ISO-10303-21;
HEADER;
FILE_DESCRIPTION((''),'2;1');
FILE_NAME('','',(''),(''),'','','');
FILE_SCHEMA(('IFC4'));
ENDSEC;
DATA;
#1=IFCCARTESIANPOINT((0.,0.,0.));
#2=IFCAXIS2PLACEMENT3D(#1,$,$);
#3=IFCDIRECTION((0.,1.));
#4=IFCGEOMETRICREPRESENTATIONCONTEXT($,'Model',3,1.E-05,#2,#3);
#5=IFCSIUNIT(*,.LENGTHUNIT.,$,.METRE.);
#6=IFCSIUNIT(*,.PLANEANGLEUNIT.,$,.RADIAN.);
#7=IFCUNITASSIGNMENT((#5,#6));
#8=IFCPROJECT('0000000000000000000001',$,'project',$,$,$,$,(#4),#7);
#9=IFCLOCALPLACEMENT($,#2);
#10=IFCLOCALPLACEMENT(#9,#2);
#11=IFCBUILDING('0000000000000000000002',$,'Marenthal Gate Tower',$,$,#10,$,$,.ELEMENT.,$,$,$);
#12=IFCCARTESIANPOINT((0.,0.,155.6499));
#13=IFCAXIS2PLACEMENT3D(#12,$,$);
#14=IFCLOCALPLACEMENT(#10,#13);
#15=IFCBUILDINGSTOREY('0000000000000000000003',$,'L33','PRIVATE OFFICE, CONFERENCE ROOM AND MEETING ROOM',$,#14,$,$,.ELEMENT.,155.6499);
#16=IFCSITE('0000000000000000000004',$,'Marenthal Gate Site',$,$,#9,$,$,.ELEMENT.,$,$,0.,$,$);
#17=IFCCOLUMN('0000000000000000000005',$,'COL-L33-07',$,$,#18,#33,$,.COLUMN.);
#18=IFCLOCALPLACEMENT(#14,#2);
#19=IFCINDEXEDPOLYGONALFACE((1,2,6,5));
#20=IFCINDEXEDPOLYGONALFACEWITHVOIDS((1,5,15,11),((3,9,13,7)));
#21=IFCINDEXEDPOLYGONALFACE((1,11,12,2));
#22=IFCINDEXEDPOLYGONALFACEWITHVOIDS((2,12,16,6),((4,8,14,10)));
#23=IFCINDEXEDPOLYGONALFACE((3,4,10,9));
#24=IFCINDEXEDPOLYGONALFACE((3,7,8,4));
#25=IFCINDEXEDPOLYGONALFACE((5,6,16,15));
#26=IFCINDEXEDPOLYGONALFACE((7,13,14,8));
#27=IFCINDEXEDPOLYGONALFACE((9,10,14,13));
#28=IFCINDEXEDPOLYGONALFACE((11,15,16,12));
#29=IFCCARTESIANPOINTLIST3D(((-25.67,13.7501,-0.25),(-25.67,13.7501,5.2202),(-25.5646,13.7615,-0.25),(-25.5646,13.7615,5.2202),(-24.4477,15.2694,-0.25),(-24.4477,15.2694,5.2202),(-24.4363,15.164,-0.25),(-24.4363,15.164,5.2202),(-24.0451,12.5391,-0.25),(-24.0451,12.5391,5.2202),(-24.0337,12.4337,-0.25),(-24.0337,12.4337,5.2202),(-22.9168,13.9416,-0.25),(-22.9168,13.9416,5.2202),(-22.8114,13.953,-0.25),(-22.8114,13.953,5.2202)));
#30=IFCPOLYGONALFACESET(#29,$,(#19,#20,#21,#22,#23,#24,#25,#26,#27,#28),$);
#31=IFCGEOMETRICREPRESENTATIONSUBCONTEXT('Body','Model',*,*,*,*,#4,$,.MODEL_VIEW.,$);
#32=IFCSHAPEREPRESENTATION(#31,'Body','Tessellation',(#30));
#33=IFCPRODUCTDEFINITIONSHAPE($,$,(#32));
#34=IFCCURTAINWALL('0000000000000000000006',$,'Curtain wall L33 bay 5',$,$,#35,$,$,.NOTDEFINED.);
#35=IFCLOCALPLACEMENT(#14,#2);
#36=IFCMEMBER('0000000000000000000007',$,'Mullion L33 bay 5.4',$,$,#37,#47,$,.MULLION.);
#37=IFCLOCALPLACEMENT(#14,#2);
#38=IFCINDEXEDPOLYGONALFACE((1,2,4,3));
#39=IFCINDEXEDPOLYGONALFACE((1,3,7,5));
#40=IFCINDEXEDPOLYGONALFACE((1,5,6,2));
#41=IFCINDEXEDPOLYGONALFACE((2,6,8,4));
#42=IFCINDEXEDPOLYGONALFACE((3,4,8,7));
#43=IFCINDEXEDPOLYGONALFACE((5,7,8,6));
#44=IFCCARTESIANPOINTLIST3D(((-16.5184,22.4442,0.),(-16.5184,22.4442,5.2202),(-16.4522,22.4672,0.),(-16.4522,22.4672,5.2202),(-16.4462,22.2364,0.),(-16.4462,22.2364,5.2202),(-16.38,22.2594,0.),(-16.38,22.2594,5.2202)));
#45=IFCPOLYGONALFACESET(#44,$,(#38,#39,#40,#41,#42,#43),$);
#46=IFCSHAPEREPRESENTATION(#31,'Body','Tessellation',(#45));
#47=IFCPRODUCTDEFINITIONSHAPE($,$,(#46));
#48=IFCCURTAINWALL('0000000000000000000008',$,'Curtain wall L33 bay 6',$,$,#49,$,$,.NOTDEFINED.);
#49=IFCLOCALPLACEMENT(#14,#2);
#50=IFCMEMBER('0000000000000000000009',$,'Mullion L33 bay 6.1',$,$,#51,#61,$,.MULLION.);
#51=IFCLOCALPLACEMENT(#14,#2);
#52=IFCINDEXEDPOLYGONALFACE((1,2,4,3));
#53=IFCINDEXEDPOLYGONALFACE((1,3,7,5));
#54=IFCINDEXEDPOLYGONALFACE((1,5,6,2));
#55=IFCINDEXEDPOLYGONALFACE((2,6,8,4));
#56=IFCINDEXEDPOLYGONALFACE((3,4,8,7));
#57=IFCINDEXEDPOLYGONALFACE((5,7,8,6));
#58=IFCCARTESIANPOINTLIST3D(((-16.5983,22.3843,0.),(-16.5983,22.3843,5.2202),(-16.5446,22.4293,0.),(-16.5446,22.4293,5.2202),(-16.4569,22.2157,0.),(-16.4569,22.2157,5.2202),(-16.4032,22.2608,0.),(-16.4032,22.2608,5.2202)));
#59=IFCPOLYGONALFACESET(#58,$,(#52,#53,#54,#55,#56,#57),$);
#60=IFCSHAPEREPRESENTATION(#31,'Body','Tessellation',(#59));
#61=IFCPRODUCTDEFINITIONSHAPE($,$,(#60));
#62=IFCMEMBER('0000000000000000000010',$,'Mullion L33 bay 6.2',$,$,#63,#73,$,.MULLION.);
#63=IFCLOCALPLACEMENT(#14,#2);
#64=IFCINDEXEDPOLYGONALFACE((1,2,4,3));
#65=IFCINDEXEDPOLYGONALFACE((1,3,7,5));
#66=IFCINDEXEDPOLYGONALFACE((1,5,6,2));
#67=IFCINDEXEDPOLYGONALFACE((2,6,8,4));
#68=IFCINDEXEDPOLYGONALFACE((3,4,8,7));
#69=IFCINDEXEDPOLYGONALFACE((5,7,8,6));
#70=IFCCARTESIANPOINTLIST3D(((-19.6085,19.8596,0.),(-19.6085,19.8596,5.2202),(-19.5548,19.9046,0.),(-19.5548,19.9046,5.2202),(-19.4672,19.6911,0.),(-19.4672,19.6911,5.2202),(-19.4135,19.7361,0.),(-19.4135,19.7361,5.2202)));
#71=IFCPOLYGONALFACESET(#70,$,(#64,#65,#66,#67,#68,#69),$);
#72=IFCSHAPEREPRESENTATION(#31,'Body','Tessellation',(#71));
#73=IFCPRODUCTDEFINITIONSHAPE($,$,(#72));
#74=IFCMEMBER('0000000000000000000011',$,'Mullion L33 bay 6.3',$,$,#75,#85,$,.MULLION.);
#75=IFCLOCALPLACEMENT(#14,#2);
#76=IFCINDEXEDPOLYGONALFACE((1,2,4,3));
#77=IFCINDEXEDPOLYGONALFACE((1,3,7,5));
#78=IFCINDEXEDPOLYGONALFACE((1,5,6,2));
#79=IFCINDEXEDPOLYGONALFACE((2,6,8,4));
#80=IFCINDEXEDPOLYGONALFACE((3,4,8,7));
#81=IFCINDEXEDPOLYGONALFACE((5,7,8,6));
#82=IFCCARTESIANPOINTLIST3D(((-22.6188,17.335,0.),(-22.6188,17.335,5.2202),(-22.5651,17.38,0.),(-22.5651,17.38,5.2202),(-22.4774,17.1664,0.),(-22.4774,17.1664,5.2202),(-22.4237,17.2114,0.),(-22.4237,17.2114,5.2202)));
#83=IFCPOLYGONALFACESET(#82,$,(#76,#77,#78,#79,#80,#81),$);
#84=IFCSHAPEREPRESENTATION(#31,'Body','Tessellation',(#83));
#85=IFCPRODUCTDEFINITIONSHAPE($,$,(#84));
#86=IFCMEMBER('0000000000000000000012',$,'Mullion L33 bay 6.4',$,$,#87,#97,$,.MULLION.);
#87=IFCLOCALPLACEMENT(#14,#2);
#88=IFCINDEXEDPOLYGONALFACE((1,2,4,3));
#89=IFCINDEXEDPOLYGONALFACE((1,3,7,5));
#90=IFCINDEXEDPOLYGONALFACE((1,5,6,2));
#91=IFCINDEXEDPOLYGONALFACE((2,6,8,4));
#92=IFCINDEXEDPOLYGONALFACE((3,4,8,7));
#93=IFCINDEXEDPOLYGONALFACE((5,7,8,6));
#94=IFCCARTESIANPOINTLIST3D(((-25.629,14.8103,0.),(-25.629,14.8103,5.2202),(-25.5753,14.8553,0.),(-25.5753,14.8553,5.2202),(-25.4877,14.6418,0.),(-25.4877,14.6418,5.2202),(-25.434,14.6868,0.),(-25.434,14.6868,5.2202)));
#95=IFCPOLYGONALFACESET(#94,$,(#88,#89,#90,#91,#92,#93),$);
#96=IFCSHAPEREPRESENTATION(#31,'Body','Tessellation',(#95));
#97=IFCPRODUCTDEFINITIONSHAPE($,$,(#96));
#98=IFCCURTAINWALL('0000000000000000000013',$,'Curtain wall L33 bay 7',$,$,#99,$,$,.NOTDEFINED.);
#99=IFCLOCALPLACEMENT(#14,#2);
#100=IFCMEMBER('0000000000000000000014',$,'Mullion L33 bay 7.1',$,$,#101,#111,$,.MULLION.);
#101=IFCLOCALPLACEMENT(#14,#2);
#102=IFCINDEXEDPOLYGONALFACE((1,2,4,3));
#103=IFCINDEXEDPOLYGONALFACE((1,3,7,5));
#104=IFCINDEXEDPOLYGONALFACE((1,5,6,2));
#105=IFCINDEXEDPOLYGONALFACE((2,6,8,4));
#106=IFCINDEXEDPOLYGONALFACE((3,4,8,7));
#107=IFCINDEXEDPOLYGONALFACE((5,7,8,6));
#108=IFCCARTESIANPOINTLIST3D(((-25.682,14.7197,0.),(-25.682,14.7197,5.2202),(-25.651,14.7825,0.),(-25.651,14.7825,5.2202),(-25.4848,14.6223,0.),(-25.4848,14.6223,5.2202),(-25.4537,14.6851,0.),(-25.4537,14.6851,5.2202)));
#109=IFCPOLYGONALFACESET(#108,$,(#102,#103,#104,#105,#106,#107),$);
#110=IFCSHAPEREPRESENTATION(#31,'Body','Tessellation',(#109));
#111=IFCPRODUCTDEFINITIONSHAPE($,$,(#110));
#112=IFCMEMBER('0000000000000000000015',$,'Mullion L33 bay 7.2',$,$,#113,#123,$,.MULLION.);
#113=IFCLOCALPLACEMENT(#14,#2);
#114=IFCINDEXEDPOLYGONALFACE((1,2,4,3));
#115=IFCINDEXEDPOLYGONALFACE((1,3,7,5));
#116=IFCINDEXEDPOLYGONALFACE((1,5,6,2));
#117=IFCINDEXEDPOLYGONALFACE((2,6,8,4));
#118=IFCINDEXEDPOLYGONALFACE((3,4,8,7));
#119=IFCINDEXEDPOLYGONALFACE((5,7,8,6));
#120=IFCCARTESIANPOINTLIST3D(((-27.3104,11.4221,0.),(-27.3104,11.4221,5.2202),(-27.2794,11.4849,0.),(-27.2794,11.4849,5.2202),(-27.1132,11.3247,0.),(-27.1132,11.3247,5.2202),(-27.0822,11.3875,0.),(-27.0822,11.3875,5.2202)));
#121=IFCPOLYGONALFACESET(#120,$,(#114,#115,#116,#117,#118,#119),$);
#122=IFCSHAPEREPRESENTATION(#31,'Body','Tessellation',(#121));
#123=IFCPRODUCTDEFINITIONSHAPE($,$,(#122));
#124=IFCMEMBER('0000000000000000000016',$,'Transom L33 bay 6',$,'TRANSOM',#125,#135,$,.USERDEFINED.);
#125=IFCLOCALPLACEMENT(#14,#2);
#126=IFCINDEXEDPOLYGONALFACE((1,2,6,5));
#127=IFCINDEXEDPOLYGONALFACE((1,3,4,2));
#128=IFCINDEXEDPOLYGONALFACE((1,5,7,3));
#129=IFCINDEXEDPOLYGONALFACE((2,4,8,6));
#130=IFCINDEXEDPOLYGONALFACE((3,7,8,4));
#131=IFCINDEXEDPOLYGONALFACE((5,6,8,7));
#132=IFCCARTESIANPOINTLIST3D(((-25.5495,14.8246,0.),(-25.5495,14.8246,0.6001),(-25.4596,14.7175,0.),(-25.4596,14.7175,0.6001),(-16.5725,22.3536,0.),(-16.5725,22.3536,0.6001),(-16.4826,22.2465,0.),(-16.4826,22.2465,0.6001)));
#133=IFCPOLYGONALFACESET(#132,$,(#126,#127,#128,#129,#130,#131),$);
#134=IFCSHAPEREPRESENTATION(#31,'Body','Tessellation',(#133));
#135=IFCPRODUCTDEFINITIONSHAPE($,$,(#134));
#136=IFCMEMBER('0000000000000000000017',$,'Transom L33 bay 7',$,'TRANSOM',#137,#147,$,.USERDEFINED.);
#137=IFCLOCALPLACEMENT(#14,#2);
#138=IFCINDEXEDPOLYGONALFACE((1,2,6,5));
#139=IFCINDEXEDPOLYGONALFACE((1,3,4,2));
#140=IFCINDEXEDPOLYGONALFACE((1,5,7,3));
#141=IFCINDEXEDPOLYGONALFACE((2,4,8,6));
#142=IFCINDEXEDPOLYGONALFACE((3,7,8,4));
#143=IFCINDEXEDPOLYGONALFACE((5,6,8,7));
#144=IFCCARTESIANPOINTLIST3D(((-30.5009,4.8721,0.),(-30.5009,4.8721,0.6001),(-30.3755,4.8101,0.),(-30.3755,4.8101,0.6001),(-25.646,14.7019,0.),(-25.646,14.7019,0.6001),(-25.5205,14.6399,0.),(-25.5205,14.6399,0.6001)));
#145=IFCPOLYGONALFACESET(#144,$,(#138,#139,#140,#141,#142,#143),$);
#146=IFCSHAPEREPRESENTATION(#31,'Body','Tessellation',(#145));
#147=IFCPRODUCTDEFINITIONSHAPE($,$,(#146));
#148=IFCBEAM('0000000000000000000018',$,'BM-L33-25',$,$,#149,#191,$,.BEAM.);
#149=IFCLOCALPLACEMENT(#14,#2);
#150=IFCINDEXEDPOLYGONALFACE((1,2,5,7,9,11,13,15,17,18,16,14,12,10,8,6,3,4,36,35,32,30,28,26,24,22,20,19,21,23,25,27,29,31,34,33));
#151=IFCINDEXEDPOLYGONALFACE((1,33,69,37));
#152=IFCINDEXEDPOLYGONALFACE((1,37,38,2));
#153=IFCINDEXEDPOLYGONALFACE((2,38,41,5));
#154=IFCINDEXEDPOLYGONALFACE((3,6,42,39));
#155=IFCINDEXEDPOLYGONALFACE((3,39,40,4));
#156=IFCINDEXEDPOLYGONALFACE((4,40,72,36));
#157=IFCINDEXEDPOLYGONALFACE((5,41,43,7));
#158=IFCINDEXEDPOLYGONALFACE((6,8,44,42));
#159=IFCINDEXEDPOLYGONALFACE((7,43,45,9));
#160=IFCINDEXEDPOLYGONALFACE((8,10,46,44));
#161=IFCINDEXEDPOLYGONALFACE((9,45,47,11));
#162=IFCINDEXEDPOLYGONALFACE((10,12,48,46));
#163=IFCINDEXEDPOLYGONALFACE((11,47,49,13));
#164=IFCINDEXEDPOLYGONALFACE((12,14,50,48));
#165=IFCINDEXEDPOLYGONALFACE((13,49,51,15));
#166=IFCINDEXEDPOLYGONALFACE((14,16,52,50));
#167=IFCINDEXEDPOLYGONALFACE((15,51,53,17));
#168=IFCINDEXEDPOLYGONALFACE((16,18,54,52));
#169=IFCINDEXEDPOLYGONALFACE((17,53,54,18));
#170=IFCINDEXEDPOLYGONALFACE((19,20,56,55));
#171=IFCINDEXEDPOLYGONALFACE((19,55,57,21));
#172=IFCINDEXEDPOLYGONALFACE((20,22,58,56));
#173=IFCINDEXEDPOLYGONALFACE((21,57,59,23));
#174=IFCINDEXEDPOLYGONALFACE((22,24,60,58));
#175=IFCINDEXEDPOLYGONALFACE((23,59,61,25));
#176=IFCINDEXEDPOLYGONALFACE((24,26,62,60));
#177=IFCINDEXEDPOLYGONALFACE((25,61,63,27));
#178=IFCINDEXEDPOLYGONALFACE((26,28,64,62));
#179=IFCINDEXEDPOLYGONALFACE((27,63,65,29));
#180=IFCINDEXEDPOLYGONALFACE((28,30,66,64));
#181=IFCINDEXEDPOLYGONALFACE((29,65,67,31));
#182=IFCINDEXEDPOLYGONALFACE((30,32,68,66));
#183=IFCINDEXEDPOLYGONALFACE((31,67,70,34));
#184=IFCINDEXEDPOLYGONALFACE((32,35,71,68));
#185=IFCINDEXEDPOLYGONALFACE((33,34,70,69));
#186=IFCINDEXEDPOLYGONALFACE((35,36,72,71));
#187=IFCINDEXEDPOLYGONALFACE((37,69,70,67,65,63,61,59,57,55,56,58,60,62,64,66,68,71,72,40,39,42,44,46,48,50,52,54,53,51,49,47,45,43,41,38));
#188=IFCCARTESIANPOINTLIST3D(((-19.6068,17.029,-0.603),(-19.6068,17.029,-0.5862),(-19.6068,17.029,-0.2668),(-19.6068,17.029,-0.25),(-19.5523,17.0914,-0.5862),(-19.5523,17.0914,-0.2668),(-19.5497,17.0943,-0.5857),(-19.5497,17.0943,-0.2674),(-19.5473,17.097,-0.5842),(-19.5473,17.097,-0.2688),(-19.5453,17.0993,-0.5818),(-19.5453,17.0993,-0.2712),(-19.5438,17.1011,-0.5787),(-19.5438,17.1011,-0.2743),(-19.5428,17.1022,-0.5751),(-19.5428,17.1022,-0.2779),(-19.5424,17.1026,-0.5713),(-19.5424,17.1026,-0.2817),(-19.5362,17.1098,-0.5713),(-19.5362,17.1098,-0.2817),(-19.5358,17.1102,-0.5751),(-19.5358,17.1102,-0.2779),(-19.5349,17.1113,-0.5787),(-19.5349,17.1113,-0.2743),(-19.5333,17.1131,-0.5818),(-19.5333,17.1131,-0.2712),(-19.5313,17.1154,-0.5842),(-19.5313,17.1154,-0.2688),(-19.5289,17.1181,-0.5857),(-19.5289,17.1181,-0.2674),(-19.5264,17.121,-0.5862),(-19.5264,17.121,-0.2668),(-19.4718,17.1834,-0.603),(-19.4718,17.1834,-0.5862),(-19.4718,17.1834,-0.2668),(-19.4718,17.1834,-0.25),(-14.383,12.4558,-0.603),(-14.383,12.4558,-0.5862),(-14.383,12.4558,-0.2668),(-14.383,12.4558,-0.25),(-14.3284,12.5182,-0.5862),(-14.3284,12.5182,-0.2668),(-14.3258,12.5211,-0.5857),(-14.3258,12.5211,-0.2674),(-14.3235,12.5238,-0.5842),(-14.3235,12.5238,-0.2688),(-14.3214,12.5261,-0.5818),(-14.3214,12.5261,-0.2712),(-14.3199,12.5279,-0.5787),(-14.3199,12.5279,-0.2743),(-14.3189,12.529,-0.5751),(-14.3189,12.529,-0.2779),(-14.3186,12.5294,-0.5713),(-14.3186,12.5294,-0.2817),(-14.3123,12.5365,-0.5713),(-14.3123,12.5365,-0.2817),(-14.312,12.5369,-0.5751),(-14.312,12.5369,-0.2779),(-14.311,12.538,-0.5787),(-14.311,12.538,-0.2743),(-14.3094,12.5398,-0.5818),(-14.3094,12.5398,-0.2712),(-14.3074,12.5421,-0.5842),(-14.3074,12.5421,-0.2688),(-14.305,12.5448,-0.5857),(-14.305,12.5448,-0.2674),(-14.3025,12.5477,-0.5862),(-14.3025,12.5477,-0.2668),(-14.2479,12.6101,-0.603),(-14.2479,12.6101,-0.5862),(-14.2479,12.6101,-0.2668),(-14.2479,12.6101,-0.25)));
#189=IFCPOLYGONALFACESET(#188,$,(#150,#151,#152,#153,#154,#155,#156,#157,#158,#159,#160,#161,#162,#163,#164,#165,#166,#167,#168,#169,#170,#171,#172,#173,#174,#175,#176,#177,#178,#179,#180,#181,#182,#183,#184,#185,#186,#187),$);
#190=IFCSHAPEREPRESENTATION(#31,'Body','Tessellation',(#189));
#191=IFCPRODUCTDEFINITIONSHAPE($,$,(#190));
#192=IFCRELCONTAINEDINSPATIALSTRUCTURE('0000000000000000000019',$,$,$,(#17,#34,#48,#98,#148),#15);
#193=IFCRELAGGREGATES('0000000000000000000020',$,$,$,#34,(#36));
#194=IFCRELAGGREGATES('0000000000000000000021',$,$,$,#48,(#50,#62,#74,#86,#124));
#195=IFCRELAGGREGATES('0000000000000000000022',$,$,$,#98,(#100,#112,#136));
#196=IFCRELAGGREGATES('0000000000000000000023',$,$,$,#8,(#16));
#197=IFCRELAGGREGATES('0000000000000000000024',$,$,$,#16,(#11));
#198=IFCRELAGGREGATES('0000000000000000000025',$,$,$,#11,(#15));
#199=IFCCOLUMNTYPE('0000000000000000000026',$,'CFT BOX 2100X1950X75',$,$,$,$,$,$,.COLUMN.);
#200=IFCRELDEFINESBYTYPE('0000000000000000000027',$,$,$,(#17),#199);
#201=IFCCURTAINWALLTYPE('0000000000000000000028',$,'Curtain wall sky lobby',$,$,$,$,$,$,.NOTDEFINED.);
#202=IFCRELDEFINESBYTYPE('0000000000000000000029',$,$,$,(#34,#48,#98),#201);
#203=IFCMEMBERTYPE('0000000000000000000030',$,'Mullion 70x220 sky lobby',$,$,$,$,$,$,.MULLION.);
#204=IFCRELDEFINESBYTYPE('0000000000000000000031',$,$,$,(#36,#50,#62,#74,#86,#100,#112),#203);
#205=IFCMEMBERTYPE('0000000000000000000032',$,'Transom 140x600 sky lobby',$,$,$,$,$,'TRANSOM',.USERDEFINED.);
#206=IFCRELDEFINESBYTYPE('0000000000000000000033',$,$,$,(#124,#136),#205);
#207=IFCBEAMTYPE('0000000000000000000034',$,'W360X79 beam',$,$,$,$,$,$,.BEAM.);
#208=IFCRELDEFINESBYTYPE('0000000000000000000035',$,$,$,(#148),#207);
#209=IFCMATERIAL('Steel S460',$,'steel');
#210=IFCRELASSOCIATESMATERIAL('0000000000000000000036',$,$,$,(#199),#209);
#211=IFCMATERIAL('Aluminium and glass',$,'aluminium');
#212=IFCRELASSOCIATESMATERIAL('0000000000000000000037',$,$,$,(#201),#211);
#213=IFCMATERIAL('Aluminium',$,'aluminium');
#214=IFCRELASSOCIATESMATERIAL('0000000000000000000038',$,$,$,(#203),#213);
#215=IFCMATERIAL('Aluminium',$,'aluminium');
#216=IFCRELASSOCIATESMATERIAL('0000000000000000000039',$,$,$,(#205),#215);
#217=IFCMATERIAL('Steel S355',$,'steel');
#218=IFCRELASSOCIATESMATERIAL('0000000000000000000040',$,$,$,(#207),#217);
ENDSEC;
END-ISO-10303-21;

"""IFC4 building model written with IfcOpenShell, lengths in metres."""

from ifc_helpers import new_model, si_unit, direction, frame, origin, origin_2d, place, context, subcontext, project, spatial, rectangle, hollow_rectangle, i_section, extrude, material, material_profile, profile_set, type_object, element, aggregate, save


model = new_model("IFC4")

# Units and contexts
model_context = context("Model", 3, precision=1e-05, world=origin(), true_north=direction((0.0, 1.0)))
body_context = subcontext(model_context, "Body", "Model", "MODEL_VIEW")
ifc_project = project(units=[si_unit("LENGTHUNIT", "METRE"), si_unit("PLANEANGLEUNIT", "RADIAN")], contexts=[model_context])

# Site, building, storey
site_placement = place(None, origin())
site = spatial("IfcSite", under=ifc_project, at=site_placement, Name="Marenthal Gate Site", CompositionType="ELEMENT", RefElevation=0.0)
building_placement = place(site_placement, origin())
building = spatial("IfcBuilding", under=site, at=building_placement, Name="Marenthal Gate Tower", CompositionType="ELEMENT")
storey_placement = place(building_placement, frame((0.0, 0.0, 155.6499)))
storey = spatial("IfcBuildingStorey", under=building, at=storey_placement, Name="L33", Description="PRIVATE OFFICE, CONFERENCE ROOM AND MEETING ROOM", CompositionType="ELEMENT", Elevation=155.6499)

# Column
ifc_material_1 = material(Name="Steel S460", Category="steel")
ifc_material_profile_1 = material_profile(ifc_material_1, hollow_rectangle(XDim=1.95, YDim=2.1001, WallThickness=0.075, at=origin_2d()), Name="CFT BOX 2100X1950X75")
ifc_material_2 = material(Name="Concrete 70 MPa", Category="concrete")
ifc_material_profile_2 = material_profile(ifc_material_2, rectangle(XDim=1.8, YDim=1.95, at=origin_2d()), Name="CFT BOX 2100X1950X75 INFILL")
ifc_profile_set_1 = profile_set([ifc_material_profile_1, ifc_material_profile_2], Name="Steel S460 shell, Concrete 70 MPa infill")
column_type = type_object("IfcColumnType", Name="CFT BOX 2100X1950X75", PredefinedType="COLUMN", material=ifc_profile_set_1)
column_placement = place(storey_placement, frame((-24.2407, 13.8516, -0.25), z_axis=(0.0, 0.0, 1.0), x_axis=(0.626831, 0.779155, 0.0)))
element("IfcColumn", 1, at=column_placement, inside=storey, type_object=column_type, Name="COL-L33-07", PredefinedType="COLUMN", context=body_context, shape_type="SweptSolid", body=[
    extrude(hollow_rectangle(XDim=1.95, YDim=2.1001, WallThickness=0.075, at=origin_2d()), origin(), (0.0, 0.0, 1.0), 5.4702),
])

# Curtain wall, member
ifc_material_3 = material(Name="Aluminium and glass", Category="aluminium")
curtain_wall_type = type_object("IfcCurtainWallType", Name="Curtain wall sky lobby", PredefinedType="NOTDEFINED", material=ifc_material_3)
curtain_wall_1_placement = place(storey_placement, origin())
curtain_wall_1 = element("IfcCurtainWall", 2, at=curtain_wall_1_placement, inside=storey, type_object=curtain_wall_type, Name="Curtain wall L33 bay 5", PredefinedType="NOTDEFINED")
ifc_material_4 = material(Name="Aluminium", Category="aluminium")
ifc_material_profile_3 = material_profile(ifc_material_4, rectangle(XDim=0.22, YDim=0.0701, at=origin_2d()), Name="70x220 aluminium mullion")
ifc_profile_set_2 = profile_set([ifc_material_profile_3], Name="Aluminium")
member_type_1 = type_object("IfcMemberType", Name="Mullion 70x220 sky lobby", PredefinedType="MULLION", material=ifc_profile_set_2)
member_1_placement = place(storey_placement, frame((-16.4492, 22.3518, 0.0), z_axis=(0.0, 0.0, 1.0), x_axis=(0.328158, -0.944623, 0.0)))
member_1 = element("IfcMember", 3, at=member_1_placement, type_object=member_type_1, Name="Mullion L33 bay 5.4", PredefinedType="MULLION", context=body_context, shape_type="SweptSolid", body=[
    extrude(rectangle(XDim=0.22, YDim=0.0701, at=origin_2d()), origin(), (0.0, 0.0, 1.0), 5.2202),
])
aggregate(curtain_wall_1, [member_1])

# Curtain walls, members
curtain_wall_2_placement = place(storey_placement, origin())
curtain_wall_2 = element("IfcCurtainWall", 4, at=curtain_wall_2_placement, inside=storey, type_object=curtain_wall_type, Name="Curtain wall L33 bay 6", PredefinedType="NOTDEFINED")
member_2_placement = place(storey_placement, frame((-16.5007, 22.3225, 0.0), z_axis=(0.0, 0.0, 1.0), x_axis=(0.642602, -0.7662, 0.0)))
member_2 = element("IfcMember", 5, at=member_2_placement, type_object=member_type_1, Name="Mullion L33 bay 6.1", PredefinedType="MULLION", context=body_context, shape_type="SweptSolid", body=[
    extrude(rectangle(XDim=0.22, YDim=0.0701, at=origin_2d()), origin(), (0.0, 0.0, 1.0), 5.2202),
])
member_3_placement = place(storey_placement, frame((-19.511, 19.7979, 0.0), z_axis=(0.0, 0.0, 1.0), x_axis=(0.642602, -0.7662, 0.0)))
member_3 = element("IfcMember", 6, at=member_3_placement, type_object=member_type_1, Name="Mullion L33 bay 6.2", PredefinedType="MULLION", context=body_context, shape_type="SweptSolid", body=[
    extrude(rectangle(XDim=0.22, YDim=0.0701, at=origin_2d()), origin(), (0.0, 0.0, 1.0), 5.2202),
])
member_4_placement = place(storey_placement, frame((-22.5212, 17.2732, 0.0), z_axis=(0.0, 0.0, 1.0), x_axis=(0.642602, -0.7662, 0.0)))
member_4 = element("IfcMember", 7, at=member_4_placement, type_object=member_type_1, Name="Mullion L33 bay 6.3", PredefinedType="MULLION", context=body_context, shape_type="SweptSolid", body=[
    extrude(rectangle(XDim=0.22, YDim=0.0701, at=origin_2d()), origin(), (0.0, 0.0, 1.0), 5.2202),
])
member_5_placement = place(storey_placement, frame((-25.5315, 14.7485, 0.0), z_axis=(0.0, 0.0, 1.0), x_axis=(0.642602, -0.7662, 0.0)))
member_5 = element("IfcMember", 8, at=member_5_placement, type_object=member_type_1, Name="Mullion L33 bay 6.4", PredefinedType="MULLION", context=body_context, shape_type="SweptSolid", body=[
    extrude(rectangle(XDim=0.22, YDim=0.0701, at=origin_2d()), origin(), (0.0, 0.0, 1.0), 5.2202),
])
curtain_wall_3_placement = place(storey_placement, origin())
curtain_wall_3 = element("IfcCurtainWall", 9, at=curtain_wall_3_placement, inside=storey, type_object=curtain_wall_type, Name="Curtain wall L33 bay 7", PredefinedType="NOTDEFINED")
member_6_placement = place(storey_placement, frame((-25.5679, 14.7024, 0.0), z_axis=(0.0, 0.0, 1.0), x_axis=(0.896609, -0.442824, 0.0)))
member_6 = element("IfcMember", 10, at=member_6_placement, type_object=member_type_1, Name="Mullion L33 bay 7.1", PredefinedType="MULLION", context=body_context, shape_type="SweptSolid", body=[
    extrude(rectangle(XDim=0.22, YDim=0.0701, at=origin_2d()), origin(), (0.0, 0.0, 1.0), 5.2202),
])
member_7_placement = place(storey_placement, frame((-27.1963, 11.4048, 0.0), z_axis=(0.0, 0.0, 1.0), x_axis=(0.896609, -0.442824, 0.0)))
member_7 = element("IfcMember", 11, at=member_7_placement, type_object=member_type_1, Name="Mullion L33 bay 7.2", PredefinedType="MULLION", context=body_context, shape_type="SweptSolid", body=[
    extrude(rectangle(XDim=0.22, YDim=0.0701, at=origin_2d()), origin(), (0.0, 0.0, 1.0), 5.2202),
])

# Members
ifc_material_5 = material(Name="Aluminium", Category="aluminium")
ifc_material_profile_4 = material_profile(ifc_material_5, rectangle(XDim=0.1399, YDim=0.6001, at=origin_2d()), Name="140x600 aluminium transom")
ifc_profile_set_3 = profile_set([ifc_material_profile_4], Name="Aluminium")
member_type_2 = type_object("IfcMemberType", Name="Transom 140x600 sky lobby", ElementType="TRANSOM", PredefinedType="USERDEFINED", material=ifc_profile_set_3)
member_8_placement = place(storey_placement, frame((-16.5276, 22.3, 0.3), z_axis=(-0.766195, -0.642608, 0.0), x_axis=(0.642608, -0.766195, 0.0)))
member_8 = element("IfcMember", 12, at=member_8_placement, type_object=member_type_2, Name="Transom L33 bay 6", ObjectType="TRANSOM", PredefinedType="USERDEFINED", context=body_context, shape_type="SweptSolid", body=[
    extrude(rectangle(XDim=0.1399, YDim=0.6001, at=origin_2d()), origin(), (0.0, 0.0, 1.0), 11.7163),
])
member_9_placement = place(storey_placement, frame((-25.5833, 14.6709, 0.3), z_axis=(-0.442835, -0.896603, 0.0), x_axis=(0.896603, -0.442835, 0.0)))
member_9 = element("IfcMember", 13, at=member_9_placement, type_object=member_type_2, Name="Transom L33 bay 7", ObjectType="TRANSOM", PredefinedType="USERDEFINED", context=body_context, shape_type="SweptSolid", body=[
    extrude(rectangle(XDim=0.1399, YDim=0.6001, at=origin_2d()), origin(), (0.0, 0.0, 1.0), 10.9634),
])

# Beam
ifc_material_6 = material(Name="Steel S355", Category="steel")
ifc_material_profile_5 = material_profile(ifc_material_6, i_section(OverallWidth=0.2051, OverallDepth=0.353, WebThickness=0.0095, FlangeThickness=0.0168, FilletRadius=0.0149, at=origin_2d()), Name="W360X79")
ifc_profile_set_4 = profile_set([ifc_material_profile_5], Name="Steel S355")
beam_type_1 = type_object("IfcBeamType", Name="W360X79 beam", PredefinedType="BEAM", material=ifc_profile_set_4)
beam_1_placement = place(storey_placement, frame((-19.5393, 17.1062, -0.4265), z_axis=(0.752409, -0.658696, 0.0), x_axis=(0.658696, 0.752409, 0.0)))
element("IfcBeam", 14, at=beam_1_placement, inside=storey, type_object=beam_type_1, Name="BM-L33-25", PredefinedType="BEAM", context=body_context, shape_type="SweptSolid", body=[
    extrude(i_section(OverallWidth=0.2051, OverallDepth=0.353, WebThickness=0.0095, FlangeThickness=0.0168, FilletRadius=0.0149, at=origin_2d()), origin(), (0.0, 0.0, 1.0), 6.9429),
])

aggregate(curtain_wall_2, [member_2, member_3, member_4, member_5, member_8])
aggregate(curtain_wall_3, [member_6, member_7, member_9])

save(model, "model.ifc")
